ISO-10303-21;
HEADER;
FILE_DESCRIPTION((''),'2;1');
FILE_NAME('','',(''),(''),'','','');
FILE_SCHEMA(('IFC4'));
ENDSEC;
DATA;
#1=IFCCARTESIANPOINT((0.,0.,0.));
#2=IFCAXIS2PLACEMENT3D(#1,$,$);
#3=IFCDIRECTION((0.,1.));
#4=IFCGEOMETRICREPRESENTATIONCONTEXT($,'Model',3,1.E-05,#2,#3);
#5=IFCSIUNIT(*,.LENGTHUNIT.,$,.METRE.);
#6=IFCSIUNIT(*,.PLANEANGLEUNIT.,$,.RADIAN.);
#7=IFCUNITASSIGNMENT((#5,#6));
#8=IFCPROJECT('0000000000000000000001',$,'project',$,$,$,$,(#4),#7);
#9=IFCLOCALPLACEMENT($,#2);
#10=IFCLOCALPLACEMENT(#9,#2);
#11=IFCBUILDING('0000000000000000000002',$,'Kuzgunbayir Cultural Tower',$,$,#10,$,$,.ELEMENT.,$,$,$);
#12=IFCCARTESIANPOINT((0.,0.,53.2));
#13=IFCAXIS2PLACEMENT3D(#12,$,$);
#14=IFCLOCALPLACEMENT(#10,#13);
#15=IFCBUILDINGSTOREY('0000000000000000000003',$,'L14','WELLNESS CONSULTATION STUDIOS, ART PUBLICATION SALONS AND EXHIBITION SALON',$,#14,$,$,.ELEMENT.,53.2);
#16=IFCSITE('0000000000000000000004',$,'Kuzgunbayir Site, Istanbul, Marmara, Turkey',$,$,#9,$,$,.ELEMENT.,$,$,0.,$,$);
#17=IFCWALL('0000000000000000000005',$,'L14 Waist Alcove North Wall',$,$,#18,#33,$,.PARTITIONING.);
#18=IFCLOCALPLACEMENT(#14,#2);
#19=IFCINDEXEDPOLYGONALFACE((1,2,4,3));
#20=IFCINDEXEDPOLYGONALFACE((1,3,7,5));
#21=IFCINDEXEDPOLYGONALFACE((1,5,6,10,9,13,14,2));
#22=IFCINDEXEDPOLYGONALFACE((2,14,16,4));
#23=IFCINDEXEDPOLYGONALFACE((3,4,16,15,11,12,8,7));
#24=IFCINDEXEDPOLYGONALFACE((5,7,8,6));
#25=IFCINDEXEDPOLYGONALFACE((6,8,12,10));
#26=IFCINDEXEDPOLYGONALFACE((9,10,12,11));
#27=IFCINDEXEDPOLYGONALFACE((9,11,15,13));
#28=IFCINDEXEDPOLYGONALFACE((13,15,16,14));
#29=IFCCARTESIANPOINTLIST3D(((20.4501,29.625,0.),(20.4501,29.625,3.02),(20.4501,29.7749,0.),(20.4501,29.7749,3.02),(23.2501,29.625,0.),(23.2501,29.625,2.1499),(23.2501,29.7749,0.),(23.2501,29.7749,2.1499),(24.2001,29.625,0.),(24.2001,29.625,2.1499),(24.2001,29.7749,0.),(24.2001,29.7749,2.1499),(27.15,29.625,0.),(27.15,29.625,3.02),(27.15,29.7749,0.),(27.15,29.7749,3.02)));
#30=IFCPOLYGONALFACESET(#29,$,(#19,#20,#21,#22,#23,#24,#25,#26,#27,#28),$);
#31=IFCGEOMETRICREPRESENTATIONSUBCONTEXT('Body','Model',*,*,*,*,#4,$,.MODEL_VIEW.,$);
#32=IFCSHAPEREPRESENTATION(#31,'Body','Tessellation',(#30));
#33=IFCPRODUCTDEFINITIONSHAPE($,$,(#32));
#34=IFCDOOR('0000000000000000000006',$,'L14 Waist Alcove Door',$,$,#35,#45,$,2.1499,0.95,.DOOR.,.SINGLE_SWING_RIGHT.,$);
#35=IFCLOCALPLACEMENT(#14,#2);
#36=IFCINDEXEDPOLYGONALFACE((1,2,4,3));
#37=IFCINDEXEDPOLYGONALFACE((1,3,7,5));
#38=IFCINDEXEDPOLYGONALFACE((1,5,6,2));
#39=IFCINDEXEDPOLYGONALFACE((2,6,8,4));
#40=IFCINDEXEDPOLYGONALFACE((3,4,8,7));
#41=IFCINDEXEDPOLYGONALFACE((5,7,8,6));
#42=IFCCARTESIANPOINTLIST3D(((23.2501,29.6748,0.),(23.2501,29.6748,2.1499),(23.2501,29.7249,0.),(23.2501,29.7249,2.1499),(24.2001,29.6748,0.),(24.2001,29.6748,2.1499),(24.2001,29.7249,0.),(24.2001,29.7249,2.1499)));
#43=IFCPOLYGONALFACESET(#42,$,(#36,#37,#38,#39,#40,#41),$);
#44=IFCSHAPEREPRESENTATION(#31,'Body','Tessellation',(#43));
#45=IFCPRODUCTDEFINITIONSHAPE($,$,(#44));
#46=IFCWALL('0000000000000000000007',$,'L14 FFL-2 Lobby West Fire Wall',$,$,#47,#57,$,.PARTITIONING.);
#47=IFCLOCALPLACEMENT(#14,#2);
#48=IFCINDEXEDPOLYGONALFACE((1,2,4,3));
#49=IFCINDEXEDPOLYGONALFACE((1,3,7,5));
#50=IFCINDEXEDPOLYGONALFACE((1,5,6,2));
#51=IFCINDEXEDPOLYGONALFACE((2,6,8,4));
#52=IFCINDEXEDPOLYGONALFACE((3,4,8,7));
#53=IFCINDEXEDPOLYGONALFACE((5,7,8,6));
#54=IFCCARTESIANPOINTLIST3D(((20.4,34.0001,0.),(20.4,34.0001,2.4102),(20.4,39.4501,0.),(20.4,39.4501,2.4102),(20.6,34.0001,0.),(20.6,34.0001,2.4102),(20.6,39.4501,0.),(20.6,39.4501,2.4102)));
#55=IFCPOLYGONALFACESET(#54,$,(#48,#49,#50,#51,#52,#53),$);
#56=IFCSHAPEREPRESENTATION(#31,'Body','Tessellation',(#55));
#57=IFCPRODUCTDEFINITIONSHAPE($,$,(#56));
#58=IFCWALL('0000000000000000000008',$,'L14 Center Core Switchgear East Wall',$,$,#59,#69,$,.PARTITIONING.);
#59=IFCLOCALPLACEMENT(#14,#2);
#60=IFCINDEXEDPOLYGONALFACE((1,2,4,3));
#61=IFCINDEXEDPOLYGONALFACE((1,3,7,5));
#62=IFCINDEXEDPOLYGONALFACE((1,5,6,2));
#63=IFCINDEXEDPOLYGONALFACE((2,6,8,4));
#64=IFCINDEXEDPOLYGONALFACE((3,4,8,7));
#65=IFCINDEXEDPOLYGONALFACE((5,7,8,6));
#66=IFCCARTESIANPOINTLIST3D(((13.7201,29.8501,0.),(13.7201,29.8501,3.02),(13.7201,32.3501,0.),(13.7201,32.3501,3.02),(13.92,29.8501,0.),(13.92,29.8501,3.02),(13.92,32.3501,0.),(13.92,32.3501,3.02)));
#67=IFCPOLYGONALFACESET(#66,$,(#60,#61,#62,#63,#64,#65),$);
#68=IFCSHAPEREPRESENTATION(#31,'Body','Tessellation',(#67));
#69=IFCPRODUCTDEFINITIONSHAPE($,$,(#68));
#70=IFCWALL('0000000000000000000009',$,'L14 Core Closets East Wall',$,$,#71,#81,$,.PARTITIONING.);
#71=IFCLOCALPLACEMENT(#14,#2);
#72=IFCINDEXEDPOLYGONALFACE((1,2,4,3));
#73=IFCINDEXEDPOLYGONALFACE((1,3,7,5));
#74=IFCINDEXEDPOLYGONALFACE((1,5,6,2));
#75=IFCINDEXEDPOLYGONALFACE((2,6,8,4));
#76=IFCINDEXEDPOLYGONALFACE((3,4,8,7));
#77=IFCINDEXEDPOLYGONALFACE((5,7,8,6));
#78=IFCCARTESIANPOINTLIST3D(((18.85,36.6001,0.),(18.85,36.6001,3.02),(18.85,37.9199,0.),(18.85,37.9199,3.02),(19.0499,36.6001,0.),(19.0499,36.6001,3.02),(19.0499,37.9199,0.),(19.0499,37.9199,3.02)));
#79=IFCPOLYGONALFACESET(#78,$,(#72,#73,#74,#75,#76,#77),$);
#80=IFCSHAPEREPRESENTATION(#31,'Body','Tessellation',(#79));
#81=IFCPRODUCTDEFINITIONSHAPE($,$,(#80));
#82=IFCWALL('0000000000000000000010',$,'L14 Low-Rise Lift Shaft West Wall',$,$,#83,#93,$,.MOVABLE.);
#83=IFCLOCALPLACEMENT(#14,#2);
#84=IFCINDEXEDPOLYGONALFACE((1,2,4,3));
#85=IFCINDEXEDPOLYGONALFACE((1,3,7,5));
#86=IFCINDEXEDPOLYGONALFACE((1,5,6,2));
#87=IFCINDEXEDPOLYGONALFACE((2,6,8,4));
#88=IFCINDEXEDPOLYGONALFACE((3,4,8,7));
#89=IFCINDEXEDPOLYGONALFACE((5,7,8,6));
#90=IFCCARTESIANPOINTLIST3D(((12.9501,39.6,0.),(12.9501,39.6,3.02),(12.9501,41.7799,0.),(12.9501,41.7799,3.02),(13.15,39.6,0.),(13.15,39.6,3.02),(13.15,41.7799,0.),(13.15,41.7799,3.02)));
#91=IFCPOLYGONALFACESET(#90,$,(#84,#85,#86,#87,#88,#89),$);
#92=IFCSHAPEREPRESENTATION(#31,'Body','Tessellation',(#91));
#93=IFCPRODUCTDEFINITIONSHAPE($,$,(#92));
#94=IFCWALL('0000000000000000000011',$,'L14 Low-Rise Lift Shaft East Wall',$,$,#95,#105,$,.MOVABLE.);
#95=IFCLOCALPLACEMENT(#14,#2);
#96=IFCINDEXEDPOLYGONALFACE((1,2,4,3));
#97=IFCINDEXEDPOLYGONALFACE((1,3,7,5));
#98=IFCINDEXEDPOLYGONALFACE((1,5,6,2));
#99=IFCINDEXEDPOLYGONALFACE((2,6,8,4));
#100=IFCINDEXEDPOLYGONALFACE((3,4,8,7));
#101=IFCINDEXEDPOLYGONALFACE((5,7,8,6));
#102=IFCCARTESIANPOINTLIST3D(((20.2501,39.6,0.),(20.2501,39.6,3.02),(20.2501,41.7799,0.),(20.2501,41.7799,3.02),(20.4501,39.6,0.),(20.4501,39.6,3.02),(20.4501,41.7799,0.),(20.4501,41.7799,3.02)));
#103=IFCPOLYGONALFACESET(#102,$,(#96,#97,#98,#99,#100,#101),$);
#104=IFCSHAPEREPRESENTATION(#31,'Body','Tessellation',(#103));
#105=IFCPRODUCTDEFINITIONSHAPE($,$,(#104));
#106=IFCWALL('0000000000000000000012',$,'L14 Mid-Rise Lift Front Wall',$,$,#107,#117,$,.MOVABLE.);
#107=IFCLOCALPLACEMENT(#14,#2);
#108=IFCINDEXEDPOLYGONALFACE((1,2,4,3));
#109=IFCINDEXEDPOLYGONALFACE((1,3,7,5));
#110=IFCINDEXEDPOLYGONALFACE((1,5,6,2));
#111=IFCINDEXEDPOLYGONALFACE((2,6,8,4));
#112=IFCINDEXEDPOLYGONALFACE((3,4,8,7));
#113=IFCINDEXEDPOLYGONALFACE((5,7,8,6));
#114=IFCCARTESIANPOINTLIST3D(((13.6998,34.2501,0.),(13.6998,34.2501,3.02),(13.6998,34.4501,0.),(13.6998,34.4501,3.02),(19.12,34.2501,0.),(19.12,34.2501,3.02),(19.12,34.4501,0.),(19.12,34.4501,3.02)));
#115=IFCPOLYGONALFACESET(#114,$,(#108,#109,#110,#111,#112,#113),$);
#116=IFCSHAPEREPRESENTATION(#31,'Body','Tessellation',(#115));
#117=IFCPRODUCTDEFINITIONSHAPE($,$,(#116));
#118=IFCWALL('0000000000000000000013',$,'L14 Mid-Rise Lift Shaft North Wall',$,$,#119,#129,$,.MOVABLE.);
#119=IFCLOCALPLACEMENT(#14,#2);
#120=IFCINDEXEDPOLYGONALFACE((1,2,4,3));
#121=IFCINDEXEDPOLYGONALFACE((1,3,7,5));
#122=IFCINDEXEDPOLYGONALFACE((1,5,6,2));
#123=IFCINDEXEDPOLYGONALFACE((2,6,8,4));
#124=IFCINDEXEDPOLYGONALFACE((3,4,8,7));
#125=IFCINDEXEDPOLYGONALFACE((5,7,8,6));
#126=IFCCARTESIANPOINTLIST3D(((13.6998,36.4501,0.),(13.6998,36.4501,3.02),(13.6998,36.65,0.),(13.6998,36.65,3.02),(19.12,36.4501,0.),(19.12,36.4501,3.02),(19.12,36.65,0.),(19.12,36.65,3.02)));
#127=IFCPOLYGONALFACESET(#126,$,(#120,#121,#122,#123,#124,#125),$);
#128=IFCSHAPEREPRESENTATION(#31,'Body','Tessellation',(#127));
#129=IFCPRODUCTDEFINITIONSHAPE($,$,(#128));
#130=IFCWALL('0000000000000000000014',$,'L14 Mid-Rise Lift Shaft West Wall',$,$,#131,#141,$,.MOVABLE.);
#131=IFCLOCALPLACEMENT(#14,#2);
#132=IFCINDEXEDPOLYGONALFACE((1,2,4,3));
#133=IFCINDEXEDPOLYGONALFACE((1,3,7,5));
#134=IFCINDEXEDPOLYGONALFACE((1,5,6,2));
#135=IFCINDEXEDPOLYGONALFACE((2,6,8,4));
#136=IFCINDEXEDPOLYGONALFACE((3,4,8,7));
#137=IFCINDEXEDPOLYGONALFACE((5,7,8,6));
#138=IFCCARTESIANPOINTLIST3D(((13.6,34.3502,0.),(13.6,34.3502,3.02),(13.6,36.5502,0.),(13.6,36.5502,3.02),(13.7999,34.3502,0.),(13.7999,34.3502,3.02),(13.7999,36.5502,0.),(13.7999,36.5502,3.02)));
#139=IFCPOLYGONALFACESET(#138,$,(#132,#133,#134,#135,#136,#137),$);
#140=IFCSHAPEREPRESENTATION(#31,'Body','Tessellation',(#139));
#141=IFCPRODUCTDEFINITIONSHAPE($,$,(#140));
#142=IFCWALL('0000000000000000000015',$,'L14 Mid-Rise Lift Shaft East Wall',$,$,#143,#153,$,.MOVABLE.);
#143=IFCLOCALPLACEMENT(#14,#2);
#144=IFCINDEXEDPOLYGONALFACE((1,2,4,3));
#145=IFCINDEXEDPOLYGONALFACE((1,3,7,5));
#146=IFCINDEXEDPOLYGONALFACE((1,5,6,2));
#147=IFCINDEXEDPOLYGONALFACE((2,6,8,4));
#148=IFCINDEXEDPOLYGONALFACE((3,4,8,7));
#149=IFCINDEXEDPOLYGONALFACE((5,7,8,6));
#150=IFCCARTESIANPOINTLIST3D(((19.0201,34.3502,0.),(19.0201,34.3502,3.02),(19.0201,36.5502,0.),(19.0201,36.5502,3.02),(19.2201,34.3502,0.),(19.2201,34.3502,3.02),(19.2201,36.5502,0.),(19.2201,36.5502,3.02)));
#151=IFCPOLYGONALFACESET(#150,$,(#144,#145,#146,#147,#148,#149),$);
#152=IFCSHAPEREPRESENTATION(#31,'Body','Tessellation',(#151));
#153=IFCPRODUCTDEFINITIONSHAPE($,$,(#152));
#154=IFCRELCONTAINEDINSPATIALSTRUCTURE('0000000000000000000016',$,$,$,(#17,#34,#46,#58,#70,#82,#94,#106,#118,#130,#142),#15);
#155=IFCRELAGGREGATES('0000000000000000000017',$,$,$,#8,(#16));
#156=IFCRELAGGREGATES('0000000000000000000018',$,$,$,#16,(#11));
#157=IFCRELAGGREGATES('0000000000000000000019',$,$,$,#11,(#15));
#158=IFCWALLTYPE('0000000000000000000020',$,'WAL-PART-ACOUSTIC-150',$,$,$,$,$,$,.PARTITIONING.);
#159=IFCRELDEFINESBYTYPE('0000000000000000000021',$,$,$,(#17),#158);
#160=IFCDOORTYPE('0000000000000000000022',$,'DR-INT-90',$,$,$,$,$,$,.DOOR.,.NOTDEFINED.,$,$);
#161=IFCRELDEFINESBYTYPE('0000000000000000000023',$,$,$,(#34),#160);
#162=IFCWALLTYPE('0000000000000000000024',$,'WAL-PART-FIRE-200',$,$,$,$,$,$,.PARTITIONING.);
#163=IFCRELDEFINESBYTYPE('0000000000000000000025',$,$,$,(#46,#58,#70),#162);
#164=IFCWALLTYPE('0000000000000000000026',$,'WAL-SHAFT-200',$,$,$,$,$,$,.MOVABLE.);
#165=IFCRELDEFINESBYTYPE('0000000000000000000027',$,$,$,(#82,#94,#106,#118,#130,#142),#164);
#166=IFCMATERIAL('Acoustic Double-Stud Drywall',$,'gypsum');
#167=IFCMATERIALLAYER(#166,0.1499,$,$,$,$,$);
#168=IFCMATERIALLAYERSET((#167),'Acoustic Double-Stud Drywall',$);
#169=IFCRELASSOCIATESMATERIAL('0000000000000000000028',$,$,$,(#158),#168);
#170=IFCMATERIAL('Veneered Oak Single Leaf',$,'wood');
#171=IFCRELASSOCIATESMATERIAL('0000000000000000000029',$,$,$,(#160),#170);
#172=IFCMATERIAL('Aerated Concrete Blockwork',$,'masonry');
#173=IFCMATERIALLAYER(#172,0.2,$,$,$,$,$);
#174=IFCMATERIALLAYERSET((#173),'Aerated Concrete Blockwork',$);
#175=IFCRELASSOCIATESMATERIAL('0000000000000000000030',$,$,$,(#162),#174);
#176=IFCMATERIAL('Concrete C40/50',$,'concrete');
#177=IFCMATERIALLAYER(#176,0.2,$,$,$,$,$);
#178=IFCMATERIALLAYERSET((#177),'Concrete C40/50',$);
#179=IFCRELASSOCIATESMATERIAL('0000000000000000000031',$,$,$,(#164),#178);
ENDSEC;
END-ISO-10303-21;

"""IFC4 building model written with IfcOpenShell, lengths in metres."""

from ifc_helpers import new_model, si_unit, direction, frame, frame_2d, origin, place, context, subcontext, project, spatial, rectangle, extrude, material, layer, layer_set, type_object, element, fill, save


model = new_model("IFC4")

# Units and contexts
model_context = context("Model", 3, precision=1e-05, world=origin(), true_north=direction((0.0, 1.0)))
body_context = subcontext(model_context, "Body", "Model", "MODEL_VIEW")
ifc_project = project(units=[si_unit("LENGTHUNIT", "METRE"), si_unit("PLANEANGLEUNIT", "RADIAN")], contexts=[model_context])

# Site, building, storey
site_placement = place(None, origin())
site = spatial("IfcSite", under=ifc_project, at=site_placement, Name="Kuzgunbayir Site, Istanbul, Marmara, Turkey", CompositionType="ELEMENT", RefElevation=0.0)
building_placement = place(site_placement, origin())
building = spatial("IfcBuilding", under=site, at=building_placement, Name="Kuzgunbayir Cultural Tower", CompositionType="ELEMENT")
storey_placement = place(building_placement, frame((0.0, 0.0, 53.2)))
storey = spatial("IfcBuildingStorey", under=building, at=storey_placement, Name="L14", Description="WELLNESS CONSULTATION STUDIOS, ART PUBLICATION SALONS AND EXHIBITION SALON", CompositionType="ELEMENT", Elevation=53.2)

# Shared definitions
ifc_material_1 = material(Name="Acoustic Double-Stud Drywall", Category="gypsum")
ifc_layer_1 = layer(ifc_material_1, 0.1499)
ifc_layer_set_1 = layer_set([ifc_layer_1], Name="Acoustic Double-Stud Drywall")
wall_type_1 = type_object("IfcWallType", Name="WAL-PART-ACOUSTIC-150", PredefinedType="PARTITIONING", material=ifc_layer_set_1)

# Wall, opening, door
wall_1_placement = place(storey_placement, frame((20.45, 29.7, 0.0), z_axis=(0.0, 0.0, 1.0), x_axis=(1.0, 0.0, 0.0)))
wall_1 = element("IfcWall", 1, at=wall_1_placement, inside=storey, type_object=wall_type_1, Name="L14 Waist Alcove North Wall", PredefinedType="PARTITIONING", context=body_context, shape_type="SweptSolid", body=[
    extrude(rectangle(XDim=6.7, YDim=0.1499, at=frame_2d((3.3501, 0.0))), origin(), (0.0, 0.0, 1.0), 3.02),
])
opening_1_placement = place(wall_1_placement, frame((2.8, 0.0, 0.0)))
opening_1 = element("IfcOpeningElement", 2, at=opening_1_placement, cuts=wall_1, PredefinedType="OPENING", context=body_context, shape_type="SweptSolid", body=[
    extrude(rectangle(XDim=0.95, YDim=2.1499, at=frame_2d((0.4751, 1.075))), frame((0.0, 0.085, 0.0), z_axis=(0.0, -1.0, 0.0), x_axis=(1.0, 0.0, 0.0)), (0.0, 0.0, 1.0), 0.1699),
])
ifc_material_2 = material(Name="Veneered Oak Single Leaf", Category="wood")
door_type_1 = type_object("IfcDoorType", Name="DR-INT-90", OperationType="NOTDEFINED", PredefinedType="DOOR", material=ifc_material_2)
door_1_placement = place(opening_1_placement, origin())
door_1 = element("IfcDoor", 3, at=door_1_placement, inside=storey, type_object=door_type_1, Name="L14 Waist Alcove Door", OperationType="SINGLE_SWING_RIGHT", OverallHeight=2.1499, OverallWidth=0.95, PredefinedType="DOOR", context=body_context, shape_type="SweptSolid", body=[
    extrude(rectangle(XDim=0.95, YDim=2.1499, at=frame_2d((0.4751, 1.075))), frame((0.0, 0.0249, 0.0), z_axis=(0.0, -1.0, 0.0), x_axis=(1.0, 0.0, 0.0)), (0.0, 0.0, 1.0), 0.05),
])
fill(opening_1, door_1)

# Wall
ifc_material_3 = material(Name="Aerated Concrete Blockwork", Category="masonry")
ifc_layer_2 = layer(ifc_material_3, 0.2)
ifc_layer_set_2 = layer_set([ifc_layer_2], Name="Aerated Concrete Blockwork")
wall_type_2 = type_object("IfcWallType", Name="WAL-PART-FIRE-200", PredefinedType="PARTITIONING", material=ifc_layer_set_2)
wall_2_placement = place(storey_placement, frame((20.5, 34.0, 0.0), z_axis=(0.0, 0.0, 1.0), x_axis=(0.0, 1.0, 0.0)))
element("IfcWall", 4, at=wall_2_placement, inside=storey, type_object=wall_type_2, Name="L14 FFL-2 Lobby West Fire Wall", PredefinedType="PARTITIONING", context=body_context, shape_type="SweptSolid", body=[
    extrude(rectangle(XDim=5.45, YDim=0.2, at=frame_2d((2.7251, 0.0))), origin(), (0.0, 0.0, 1.0), 2.4102),
])

# Walls
wall_3_placement = place(storey_placement, frame((13.8201, 29.8501, 0.0), z_axis=(0.0, 0.0, 1.0), x_axis=(0.0, 1.0, 0.0)))
element("IfcWall", 5, at=wall_3_placement, inside=storey, type_object=wall_type_2, Name="L14 Center Core Switchgear East Wall", PredefinedType="PARTITIONING", context=body_context, shape_type="SweptSolid", body=[
    extrude(rectangle(XDim=2.5, YDim=0.2, at=frame_2d((1.25, 0.0))), origin(), (0.0, 0.0, 1.0), 3.02),
])
wall_4_placement = place(storey_placement, frame((18.95, 36.6001, 0.0), z_axis=(0.0, 0.0, 1.0), x_axis=(0.0, 1.0, 0.0)))
element("IfcWall", 6, at=wall_4_placement, inside=storey, type_object=wall_type_2, Name="L14 Core Closets East Wall", PredefinedType="PARTITIONING", context=body_context, shape_type="SweptSolid", body=[
    extrude(rectangle(XDim=1.3198, YDim=0.2, at=frame_2d((0.6599, 0.0))), origin(), (0.0, 0.0, 1.0), 3.02),
])

# Shared definitions
ifc_material_4 = material(Name="Concrete C40/50", Category="concrete")
ifc_layer_3 = layer(ifc_material_4, 0.2)
ifc_layer_set_3 = layer_set([ifc_layer_3], Name="Concrete C40/50")
wall_type_3 = type_object("IfcWallType", Name="WAL-SHAFT-200", PredefinedType="MOVABLE", material=ifc_layer_set_3)

# Walls
for number, where, z_axis, x_axis, name in (
    (7, (13.05, 39.6001, 0.0), (0.0, 0.0, 1.0), (0.0, 1.0, 0.0), "L14 Low-Rise Lift Shaft West Wall"),
    (8, (20.3501, 39.6001, 0.0), (0.0, 0.0, 1.0), (0.0, 1.0, 0.0), "L14 Low-Rise Lift Shaft East Wall"),
):
    element("IfcWall", number, at=place(storey_placement, frame(where, z_axis=z_axis, x_axis=x_axis)), inside=storey, type_object=wall_type_3, Name=name, PredefinedType="MOVABLE", context=body_context, shape_type="SweptSolid", body=[
        extrude(rectangle(XDim=2.1799, YDim=0.2, at=frame_2d((1.0898, 0.0))), origin(), (0.0, 0.0, 1.0), 3.02),
    ])
for number, where, z_axis, x_axis, name in (
    (9, (13.7, 34.3501, 0.0), (0.0, 0.0, 1.0), (1.0, 0.0, 0.0), "L14 Mid-Rise Lift Front Wall"),
    (10, (13.7, 36.55, 0.0), (0.0, 0.0, 1.0), (1.0, 0.0, 0.0), "L14 Mid-Rise Lift Shaft North Wall"),
):
    element("IfcWall", number, at=place(storey_placement, frame(where, z_axis=z_axis, x_axis=x_axis)), inside=storey, type_object=wall_type_3, Name=name, PredefinedType="MOVABLE", context=body_context, shape_type="SweptSolid", body=[
        extrude(rectangle(XDim=5.4202, YDim=0.2, at=frame_2d((2.71, 0.0))), origin(), (0.0, 0.0, 1.0), 3.02),
    ])
for number, where, z_axis, x_axis, name in (
    (11, (13.7, 34.3501, 0.0), (0.0, 0.0, 1.0), (0.0, 1.0, 0.0), "L14 Mid-Rise Lift Shaft West Wall"),
    (12, (19.1201, 34.3501, 0.0), (0.0, 0.0, 1.0), (0.0, 1.0, 0.0), "L14 Mid-Rise Lift Shaft East Wall"),
):
    element("IfcWall", number, at=place(storey_placement, frame(where, z_axis=z_axis, x_axis=x_axis)), inside=storey, type_object=wall_type_3, Name=name, PredefinedType="MOVABLE", context=body_context, shape_type="SweptSolid", body=[
        extrude(rectangle(XDim=2.2, YDim=0.2, at=frame_2d((1.1001, 0.0))), origin(), (0.0, 0.0, 1.0), 3.02),
    ])

save(model, "model.ifc")
